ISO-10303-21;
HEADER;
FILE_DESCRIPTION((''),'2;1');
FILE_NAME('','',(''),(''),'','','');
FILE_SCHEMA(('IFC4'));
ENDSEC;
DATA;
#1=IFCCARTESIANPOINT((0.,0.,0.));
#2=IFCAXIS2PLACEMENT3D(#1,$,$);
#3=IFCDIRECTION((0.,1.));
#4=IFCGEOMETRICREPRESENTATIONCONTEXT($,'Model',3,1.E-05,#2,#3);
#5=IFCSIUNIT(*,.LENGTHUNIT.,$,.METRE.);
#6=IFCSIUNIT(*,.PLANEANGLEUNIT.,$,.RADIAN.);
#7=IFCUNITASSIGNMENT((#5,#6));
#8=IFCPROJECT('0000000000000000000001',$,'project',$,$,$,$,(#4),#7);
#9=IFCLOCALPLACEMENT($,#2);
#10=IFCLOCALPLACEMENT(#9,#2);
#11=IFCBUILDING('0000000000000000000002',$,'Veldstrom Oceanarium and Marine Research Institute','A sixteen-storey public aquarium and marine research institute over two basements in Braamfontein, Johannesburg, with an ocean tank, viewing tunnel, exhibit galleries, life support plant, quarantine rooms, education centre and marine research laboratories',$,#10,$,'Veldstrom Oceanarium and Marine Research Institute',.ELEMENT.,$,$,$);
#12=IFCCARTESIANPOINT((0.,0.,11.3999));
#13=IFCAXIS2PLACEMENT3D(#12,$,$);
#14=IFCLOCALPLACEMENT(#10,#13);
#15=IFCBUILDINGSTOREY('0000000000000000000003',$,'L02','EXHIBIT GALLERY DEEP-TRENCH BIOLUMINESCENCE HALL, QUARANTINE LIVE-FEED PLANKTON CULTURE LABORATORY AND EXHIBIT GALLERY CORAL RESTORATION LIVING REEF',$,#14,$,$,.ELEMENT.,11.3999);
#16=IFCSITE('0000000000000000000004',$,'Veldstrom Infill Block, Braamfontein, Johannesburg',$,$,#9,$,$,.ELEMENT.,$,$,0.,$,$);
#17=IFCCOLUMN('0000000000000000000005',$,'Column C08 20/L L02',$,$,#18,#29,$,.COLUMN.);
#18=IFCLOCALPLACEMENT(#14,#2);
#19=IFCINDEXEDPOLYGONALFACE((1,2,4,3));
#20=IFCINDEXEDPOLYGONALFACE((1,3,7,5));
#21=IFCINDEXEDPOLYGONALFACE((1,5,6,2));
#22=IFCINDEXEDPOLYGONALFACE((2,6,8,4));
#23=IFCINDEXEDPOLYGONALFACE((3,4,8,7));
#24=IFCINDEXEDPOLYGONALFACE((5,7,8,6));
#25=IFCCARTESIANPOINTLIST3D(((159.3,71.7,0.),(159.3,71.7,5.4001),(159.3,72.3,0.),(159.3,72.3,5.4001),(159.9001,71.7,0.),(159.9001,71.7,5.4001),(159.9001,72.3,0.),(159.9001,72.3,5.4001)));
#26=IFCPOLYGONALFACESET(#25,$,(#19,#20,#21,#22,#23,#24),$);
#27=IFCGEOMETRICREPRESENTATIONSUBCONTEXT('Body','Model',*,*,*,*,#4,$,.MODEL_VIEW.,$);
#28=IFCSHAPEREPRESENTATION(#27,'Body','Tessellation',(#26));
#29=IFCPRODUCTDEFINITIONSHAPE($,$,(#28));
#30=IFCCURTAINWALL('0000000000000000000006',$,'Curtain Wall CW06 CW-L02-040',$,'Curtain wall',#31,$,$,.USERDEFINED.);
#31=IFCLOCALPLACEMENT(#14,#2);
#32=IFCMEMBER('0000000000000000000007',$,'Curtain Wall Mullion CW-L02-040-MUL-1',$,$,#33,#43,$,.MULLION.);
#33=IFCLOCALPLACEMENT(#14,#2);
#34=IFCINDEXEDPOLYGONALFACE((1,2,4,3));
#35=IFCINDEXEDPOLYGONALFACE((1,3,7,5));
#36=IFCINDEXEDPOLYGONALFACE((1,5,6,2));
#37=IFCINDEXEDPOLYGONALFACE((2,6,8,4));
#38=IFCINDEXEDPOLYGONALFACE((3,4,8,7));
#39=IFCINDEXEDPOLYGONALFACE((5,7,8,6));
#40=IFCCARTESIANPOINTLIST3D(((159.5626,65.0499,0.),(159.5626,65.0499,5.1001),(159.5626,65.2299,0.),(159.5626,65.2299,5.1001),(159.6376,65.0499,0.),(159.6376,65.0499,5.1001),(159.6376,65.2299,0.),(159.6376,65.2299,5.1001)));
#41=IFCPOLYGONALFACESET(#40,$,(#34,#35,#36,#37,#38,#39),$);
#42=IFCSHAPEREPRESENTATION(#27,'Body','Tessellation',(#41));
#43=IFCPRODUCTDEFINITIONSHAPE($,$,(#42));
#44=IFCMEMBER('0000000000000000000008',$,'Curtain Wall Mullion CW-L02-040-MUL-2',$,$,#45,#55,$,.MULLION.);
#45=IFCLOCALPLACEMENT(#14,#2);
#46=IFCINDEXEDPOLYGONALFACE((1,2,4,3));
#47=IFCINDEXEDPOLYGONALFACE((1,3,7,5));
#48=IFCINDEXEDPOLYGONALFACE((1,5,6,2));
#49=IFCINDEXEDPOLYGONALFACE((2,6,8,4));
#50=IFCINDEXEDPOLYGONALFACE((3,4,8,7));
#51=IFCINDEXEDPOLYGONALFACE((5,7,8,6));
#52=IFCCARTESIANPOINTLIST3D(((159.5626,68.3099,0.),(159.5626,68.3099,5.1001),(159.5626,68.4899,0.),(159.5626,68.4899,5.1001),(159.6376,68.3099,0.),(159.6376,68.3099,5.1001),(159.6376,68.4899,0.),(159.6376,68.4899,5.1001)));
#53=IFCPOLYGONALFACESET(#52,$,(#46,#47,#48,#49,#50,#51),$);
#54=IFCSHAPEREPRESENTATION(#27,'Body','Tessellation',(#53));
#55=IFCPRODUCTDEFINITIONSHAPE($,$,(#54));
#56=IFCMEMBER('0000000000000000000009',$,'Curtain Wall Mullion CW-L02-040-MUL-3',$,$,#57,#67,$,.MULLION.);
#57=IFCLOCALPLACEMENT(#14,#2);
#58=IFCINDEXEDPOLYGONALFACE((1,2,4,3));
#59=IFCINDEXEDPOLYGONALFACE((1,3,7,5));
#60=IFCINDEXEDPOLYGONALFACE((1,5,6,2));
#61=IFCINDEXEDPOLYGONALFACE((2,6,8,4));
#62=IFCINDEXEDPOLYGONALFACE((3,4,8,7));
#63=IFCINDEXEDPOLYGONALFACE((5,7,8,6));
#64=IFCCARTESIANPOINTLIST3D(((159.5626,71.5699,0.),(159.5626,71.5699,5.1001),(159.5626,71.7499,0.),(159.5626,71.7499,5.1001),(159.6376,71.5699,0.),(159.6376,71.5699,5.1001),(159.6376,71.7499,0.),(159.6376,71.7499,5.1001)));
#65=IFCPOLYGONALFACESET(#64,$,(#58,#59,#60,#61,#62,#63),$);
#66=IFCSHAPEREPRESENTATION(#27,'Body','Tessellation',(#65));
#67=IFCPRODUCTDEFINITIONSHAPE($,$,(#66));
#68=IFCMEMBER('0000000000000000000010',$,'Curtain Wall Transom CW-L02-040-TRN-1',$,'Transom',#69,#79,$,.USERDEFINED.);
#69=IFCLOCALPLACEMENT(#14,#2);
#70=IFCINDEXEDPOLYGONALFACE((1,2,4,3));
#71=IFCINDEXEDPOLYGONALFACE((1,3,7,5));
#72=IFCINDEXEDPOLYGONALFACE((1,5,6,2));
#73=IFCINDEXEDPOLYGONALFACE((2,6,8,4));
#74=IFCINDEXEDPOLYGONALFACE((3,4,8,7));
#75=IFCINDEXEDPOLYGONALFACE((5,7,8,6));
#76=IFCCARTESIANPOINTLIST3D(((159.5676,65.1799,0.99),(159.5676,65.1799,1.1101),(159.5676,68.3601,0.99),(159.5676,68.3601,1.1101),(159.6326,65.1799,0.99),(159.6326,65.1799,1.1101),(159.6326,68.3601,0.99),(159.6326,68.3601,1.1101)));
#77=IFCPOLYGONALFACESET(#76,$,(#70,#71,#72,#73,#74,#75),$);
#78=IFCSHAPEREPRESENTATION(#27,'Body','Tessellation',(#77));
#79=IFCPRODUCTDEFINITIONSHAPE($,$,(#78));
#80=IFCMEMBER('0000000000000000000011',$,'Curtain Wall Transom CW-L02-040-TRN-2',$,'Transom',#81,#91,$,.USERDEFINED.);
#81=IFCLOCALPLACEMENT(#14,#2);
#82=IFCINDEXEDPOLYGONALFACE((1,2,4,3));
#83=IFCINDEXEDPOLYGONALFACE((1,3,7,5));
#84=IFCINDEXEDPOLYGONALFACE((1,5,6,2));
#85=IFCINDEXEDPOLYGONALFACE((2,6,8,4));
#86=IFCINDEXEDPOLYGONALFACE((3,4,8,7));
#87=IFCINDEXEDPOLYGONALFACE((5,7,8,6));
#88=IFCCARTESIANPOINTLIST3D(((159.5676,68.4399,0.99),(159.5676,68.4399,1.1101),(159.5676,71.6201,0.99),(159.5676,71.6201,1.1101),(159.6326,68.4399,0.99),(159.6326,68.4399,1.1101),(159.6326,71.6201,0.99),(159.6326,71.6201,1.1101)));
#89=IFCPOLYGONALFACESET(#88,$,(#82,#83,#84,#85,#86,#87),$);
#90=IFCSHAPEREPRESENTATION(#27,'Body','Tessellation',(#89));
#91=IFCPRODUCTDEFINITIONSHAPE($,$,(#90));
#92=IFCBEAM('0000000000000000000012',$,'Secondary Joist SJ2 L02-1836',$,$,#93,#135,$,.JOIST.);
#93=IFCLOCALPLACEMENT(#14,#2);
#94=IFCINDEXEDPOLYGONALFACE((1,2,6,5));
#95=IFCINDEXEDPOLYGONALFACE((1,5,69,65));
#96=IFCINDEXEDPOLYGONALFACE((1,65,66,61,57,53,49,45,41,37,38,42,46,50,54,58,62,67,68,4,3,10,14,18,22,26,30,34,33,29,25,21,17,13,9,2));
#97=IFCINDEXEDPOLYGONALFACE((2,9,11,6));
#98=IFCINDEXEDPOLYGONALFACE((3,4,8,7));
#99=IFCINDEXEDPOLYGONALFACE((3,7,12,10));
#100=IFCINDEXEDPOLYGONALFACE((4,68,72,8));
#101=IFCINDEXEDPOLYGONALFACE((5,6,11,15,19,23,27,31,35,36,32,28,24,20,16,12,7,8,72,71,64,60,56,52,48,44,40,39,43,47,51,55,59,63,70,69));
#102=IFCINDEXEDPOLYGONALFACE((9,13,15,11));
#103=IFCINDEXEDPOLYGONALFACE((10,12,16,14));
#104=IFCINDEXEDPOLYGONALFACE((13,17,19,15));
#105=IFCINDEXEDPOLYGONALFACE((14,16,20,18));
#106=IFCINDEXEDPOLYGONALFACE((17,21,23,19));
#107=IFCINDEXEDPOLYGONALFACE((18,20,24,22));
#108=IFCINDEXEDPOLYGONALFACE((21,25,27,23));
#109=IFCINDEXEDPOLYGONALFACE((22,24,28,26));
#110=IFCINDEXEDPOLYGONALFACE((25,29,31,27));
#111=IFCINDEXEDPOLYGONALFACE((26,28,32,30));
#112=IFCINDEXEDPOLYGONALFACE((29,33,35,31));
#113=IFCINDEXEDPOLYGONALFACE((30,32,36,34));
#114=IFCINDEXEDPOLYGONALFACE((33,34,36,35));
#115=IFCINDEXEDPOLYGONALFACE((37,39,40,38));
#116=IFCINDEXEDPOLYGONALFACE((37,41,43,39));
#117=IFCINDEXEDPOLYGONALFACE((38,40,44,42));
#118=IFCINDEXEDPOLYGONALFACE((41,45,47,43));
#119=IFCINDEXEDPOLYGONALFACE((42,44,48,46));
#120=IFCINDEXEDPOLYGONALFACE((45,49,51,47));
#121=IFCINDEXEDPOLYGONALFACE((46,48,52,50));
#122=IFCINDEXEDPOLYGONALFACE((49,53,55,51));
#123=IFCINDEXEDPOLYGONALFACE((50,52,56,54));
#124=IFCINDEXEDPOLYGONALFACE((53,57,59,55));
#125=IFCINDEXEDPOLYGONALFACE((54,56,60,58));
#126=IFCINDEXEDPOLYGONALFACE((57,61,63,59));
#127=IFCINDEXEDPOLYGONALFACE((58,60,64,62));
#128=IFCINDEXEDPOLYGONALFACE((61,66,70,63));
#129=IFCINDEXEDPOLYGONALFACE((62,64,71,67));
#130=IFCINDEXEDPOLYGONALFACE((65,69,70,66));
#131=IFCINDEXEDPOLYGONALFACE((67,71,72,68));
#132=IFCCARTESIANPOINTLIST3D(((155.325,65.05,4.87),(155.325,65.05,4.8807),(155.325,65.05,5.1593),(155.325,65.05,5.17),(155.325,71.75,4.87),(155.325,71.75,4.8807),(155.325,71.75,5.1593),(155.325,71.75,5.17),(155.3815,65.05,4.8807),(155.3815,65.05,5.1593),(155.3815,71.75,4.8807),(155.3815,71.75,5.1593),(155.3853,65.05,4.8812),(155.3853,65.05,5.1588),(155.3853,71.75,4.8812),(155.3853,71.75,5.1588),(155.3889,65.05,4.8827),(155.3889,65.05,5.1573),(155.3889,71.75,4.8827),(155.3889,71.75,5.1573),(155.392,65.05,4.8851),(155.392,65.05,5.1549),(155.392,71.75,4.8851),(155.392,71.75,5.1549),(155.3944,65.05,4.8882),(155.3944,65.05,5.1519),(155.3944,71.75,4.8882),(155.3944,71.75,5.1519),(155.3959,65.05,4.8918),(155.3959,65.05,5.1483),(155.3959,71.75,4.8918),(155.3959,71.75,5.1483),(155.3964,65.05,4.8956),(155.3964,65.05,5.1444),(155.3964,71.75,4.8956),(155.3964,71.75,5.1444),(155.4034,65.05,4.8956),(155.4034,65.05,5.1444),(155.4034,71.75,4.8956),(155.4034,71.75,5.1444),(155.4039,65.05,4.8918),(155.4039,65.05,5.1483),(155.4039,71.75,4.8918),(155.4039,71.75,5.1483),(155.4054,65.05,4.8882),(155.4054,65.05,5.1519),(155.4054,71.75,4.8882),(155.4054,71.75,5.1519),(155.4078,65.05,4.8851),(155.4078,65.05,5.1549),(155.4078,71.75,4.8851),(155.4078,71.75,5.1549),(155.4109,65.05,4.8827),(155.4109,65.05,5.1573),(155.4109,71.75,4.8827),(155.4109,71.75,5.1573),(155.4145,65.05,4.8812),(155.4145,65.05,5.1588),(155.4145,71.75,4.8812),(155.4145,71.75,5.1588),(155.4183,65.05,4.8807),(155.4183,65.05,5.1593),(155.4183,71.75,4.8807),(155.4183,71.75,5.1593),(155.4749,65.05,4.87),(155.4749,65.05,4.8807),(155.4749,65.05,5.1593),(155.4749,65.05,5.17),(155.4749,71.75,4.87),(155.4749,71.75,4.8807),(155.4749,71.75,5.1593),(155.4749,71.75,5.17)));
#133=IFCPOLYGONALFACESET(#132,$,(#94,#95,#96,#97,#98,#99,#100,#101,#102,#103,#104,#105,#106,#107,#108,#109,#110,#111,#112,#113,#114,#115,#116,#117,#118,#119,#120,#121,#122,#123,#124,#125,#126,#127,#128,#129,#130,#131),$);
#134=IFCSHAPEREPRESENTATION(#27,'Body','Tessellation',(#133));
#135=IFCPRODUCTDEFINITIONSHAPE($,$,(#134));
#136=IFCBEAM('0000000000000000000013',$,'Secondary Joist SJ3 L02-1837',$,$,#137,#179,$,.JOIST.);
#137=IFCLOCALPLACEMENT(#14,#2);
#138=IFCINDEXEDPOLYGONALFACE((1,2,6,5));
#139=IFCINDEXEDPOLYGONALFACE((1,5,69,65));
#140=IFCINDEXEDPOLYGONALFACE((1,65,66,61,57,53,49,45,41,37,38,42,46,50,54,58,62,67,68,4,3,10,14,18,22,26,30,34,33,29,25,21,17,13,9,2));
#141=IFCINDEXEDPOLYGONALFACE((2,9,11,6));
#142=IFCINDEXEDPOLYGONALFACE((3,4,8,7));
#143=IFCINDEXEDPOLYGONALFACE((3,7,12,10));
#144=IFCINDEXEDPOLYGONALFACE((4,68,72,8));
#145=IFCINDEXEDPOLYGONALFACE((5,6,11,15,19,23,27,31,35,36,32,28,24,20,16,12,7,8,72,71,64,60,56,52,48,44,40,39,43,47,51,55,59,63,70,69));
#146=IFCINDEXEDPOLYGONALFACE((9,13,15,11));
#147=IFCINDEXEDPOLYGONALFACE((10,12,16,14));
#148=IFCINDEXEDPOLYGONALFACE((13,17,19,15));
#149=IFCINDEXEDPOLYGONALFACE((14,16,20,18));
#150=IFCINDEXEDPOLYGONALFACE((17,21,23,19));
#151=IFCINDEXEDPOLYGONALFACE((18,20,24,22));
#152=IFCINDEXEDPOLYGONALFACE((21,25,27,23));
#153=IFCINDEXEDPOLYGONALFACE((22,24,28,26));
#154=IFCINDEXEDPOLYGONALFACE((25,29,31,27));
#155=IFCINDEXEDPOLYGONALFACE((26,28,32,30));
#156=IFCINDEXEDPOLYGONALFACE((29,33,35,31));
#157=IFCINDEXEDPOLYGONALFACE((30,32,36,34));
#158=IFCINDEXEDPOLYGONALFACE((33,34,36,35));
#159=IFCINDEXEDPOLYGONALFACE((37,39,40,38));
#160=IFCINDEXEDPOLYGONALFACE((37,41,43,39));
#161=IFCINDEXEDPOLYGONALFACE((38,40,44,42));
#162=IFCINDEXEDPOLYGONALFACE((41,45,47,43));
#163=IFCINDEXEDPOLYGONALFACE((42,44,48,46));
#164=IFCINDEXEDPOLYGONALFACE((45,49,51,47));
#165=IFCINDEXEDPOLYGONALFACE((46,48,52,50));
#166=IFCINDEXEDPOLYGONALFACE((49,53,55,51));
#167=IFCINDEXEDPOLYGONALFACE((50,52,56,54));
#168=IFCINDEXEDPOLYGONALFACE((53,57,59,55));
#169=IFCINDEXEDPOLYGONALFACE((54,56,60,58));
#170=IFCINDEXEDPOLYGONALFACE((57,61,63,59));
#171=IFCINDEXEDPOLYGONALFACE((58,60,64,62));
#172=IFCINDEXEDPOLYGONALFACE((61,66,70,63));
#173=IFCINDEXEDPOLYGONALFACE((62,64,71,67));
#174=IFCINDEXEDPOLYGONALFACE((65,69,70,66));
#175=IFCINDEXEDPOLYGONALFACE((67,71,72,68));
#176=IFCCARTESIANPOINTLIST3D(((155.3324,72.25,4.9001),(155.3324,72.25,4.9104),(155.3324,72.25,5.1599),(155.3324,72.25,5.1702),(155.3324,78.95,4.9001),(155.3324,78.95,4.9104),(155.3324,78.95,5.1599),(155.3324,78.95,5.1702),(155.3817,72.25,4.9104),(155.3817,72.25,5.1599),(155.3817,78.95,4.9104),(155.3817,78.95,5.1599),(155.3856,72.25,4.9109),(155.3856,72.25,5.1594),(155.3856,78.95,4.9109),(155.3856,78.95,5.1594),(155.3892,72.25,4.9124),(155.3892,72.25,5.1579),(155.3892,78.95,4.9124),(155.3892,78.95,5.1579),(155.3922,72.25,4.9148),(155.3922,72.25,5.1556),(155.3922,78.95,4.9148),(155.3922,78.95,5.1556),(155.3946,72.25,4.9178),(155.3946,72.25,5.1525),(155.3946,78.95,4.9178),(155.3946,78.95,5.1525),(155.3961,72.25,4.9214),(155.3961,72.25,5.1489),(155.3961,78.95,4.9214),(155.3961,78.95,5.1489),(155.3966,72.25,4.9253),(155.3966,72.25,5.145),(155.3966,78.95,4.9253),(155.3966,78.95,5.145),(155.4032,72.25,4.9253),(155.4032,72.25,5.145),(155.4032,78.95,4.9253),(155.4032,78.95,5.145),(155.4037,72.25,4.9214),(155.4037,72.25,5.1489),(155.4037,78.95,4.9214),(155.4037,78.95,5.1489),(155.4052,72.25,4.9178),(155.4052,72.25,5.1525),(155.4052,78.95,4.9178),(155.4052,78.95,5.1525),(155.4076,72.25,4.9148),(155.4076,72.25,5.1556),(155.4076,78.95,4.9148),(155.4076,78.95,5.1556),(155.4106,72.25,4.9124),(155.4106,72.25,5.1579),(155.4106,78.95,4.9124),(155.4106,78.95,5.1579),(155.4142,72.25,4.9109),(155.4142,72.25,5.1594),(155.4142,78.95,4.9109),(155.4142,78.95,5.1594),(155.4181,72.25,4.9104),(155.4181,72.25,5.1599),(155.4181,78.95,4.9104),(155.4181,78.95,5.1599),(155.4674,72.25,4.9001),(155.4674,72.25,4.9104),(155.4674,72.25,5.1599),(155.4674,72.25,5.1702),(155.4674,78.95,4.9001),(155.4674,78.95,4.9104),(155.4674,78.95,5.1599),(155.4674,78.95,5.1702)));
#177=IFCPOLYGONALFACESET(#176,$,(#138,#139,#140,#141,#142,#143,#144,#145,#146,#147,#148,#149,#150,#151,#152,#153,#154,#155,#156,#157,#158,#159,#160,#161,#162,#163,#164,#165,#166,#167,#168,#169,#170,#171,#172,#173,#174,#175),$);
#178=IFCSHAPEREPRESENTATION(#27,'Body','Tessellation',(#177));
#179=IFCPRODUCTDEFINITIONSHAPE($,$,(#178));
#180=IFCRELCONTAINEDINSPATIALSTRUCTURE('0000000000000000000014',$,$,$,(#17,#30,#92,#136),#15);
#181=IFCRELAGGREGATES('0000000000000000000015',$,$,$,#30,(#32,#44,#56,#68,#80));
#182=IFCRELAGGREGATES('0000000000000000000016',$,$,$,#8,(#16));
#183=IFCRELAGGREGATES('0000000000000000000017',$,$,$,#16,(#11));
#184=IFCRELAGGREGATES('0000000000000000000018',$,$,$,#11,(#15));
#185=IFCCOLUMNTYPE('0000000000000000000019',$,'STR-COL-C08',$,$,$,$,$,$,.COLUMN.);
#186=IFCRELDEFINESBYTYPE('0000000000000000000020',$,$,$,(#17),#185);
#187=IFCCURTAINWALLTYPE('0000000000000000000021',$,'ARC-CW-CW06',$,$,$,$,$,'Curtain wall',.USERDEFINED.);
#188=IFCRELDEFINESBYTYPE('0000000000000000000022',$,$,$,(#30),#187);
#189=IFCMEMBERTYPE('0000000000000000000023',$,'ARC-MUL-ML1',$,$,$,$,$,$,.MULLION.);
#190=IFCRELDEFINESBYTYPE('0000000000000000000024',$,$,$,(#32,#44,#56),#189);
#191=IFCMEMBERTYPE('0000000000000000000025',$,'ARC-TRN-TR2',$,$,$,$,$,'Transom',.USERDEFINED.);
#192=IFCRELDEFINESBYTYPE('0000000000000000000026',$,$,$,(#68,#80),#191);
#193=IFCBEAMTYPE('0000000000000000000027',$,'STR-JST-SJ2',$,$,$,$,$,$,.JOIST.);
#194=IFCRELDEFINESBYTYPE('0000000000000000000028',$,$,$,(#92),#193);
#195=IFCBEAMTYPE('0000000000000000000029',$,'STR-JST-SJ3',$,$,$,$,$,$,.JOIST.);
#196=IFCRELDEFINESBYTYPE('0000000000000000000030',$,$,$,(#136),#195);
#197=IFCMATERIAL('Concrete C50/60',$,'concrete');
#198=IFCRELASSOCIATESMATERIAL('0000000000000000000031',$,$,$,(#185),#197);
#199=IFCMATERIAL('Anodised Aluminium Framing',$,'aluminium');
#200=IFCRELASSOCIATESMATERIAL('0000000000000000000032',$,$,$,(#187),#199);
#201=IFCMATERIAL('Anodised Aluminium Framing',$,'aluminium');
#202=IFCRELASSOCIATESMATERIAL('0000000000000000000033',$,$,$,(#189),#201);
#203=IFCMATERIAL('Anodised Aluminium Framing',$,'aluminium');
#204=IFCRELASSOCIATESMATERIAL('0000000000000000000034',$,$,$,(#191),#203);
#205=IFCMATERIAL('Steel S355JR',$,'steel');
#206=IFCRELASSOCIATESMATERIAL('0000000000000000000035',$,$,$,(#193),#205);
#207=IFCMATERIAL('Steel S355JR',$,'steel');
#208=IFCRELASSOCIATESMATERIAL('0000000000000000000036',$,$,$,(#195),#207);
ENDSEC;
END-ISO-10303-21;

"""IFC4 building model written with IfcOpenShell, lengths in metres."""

from ifc_helpers import new_model, si_unit, direction, frame, origin, origin_2d, place, context, subcontext, project, spatial, rectangle, i_section, extrude, material, material_profile, profile_set, type_object, element, aggregate, save


model = new_model("IFC4")

# Units and contexts
model_context = context("Model", 3, precision=1e-05, world=origin(), true_north=direction((0.0, 1.0)))
body_context = subcontext(model_context, "Body", "Model", "MODEL_VIEW")
ifc_project = project(units=[si_unit("LENGTHUNIT", "METRE"), si_unit("PLANEANGLEUNIT", "RADIAN")], contexts=[model_context])

# Site, building, storey
site_placement = place(None, origin())
site = spatial("IfcSite", under=ifc_project, at=site_placement, Name="Veldstrom Infill Block, Braamfontein, Johannesburg", CompositionType="ELEMENT", RefElevation=0.0)
building_placement = place(site_placement, origin())
building = spatial("IfcBuilding", under=site, at=building_placement, Name="Veldstrom Oceanarium and Marine Research Institute", Description="A sixteen-storey public aquarium and marine research institute over two basements in Braamfontein, Johannesburg, with an ocean tank, viewing tunnel, exhibit galleries, life support plant, quarantine rooms, education centre and marine research laboratories", LongName="Veldstrom Oceanarium and Marine Research Institute", CompositionType="ELEMENT")
storey_placement = place(building_placement, frame((0.0, 0.0, 11.3999)))
storey = spatial("IfcBuildingStorey", under=building, at=storey_placement, Name="L02", Description="EXHIBIT GALLERY DEEP-TRENCH BIOLUMINESCENCE HALL, QUARANTINE LIVE-FEED PLANKTON CULTURE LABORATORY AND EXHIBIT GALLERY CORAL RESTORATION LIVING REEF", CompositionType="ELEMENT", Elevation=11.3999)

# Column
ifc_material_1 = material(Name="Concrete C50/60", Category="concrete")
ifc_material_profile_1 = material_profile(ifc_material_1, rectangle(XDim=0.6001, YDim=0.6001, at=origin_2d()), Name="RC-COL-600x600")
ifc_profile_set_1 = profile_set([ifc_material_profile_1], Name="Concrete C50/60")
column_type = type_object("IfcColumnType", Name="STR-COL-C08", PredefinedType="COLUMN", material=ifc_profile_set_1)
column_placement = place(storey_placement, frame((159.6001, 72.0, 0.0), z_axis=(0.0, 0.0, 1.0), x_axis=(1.0, 0.0, 0.0)))
element("IfcColumn", 1, at=column_placement, inside=storey, type_object=column_type, Name="Column C08 20/L L02", PredefinedType="COLUMN", context=body_context, shape_type="SweptSolid", body=[
    extrude(rectangle(XDim=0.6001, YDim=0.6001, at=origin_2d()), origin(), (0.0, 0.0, 1.0), 5.4001),
])

# Curtain wall, members
ifc_material_2 = material(Name="Anodised Aluminium Framing", Category="aluminium")
curtain_wall_type = type_object("IfcCurtainWallType", Name="ARC-CW-CW06", ElementType="Curtain wall", PredefinedType="USERDEFINED", material=ifc_material_2)
curtain_wall_placement = place(storey_placement, origin())
curtain_wall = element("IfcCurtainWall", 2, at=curtain_wall_placement, inside=storey, type_object=curtain_wall_type, Name="Curtain Wall CW06 CW-L02-040", ObjectType="Curtain wall", PredefinedType="USERDEFINED")
ifc_material_3 = material(Name="Anodised Aluminium Framing", Category="aluminium")
ifc_material_profile_2 = material_profile(ifc_material_3, rectangle(XDim=0.075, YDim=0.1799, at=origin_2d()), Name="ALU-MUL-75x180")
ifc_profile_set_2 = profile_set([ifc_material_profile_2], Name="Anodised Aluminium Framing")
member_type_1 = type_object("IfcMemberType", Name="ARC-MUL-ML1", PredefinedType="MULLION", material=ifc_profile_set_2)
member_1_placement = place(storey_placement, frame((159.6001, 65.1399, 0.0), z_axis=(0.0, 0.0, 1.0), x_axis=(1.0, 0.0, 0.0)))
member_1 = element("IfcMember", 3, at=member_1_placement, type_object=member_type_1, Name="Curtain Wall Mullion CW-L02-040-MUL-1", PredefinedType="MULLION", context=body_context, shape_type="SweptSolid", body=[
    extrude(rectangle(XDim=0.075, YDim=0.1799, at=origin_2d()), origin(), (0.0, 0.0, 1.0), 5.1001),
])
member_2_placement = place(storey_placement, frame((159.6001, 68.3999, 0.0), z_axis=(0.0, 0.0, 1.0), x_axis=(1.0, 0.0, 0.0)))
member_2 = element("IfcMember", 4, at=member_2_placement, type_object=member_type_1, Name="Curtain Wall Mullion CW-L02-040-MUL-2", PredefinedType="MULLION", context=body_context, shape_type="SweptSolid", body=[
    extrude(rectangle(XDim=0.075, YDim=0.1799, at=origin_2d()), origin(), (0.0, 0.0, 1.0), 5.1001),
])
member_3_placement = place(storey_placement, frame((159.6001, 71.6599, 0.0), z_axis=(0.0, 0.0, 1.0), x_axis=(1.0, 0.0, 0.0)))
member_3 = element("IfcMember", 5, at=member_3_placement, type_object=member_type_1, Name="Curtain Wall Mullion CW-L02-040-MUL-3", PredefinedType="MULLION", context=body_context, shape_type="SweptSolid", body=[
    extrude(rectangle(XDim=0.075, YDim=0.1799, at=origin_2d()), origin(), (0.0, 0.0, 1.0), 5.1001),
])
ifc_material_4 = material(Name="Anodised Aluminium Framing", Category="aluminium")
ifc_material_profile_3 = material_profile(ifc_material_4, rectangle(XDim=0.0649, YDim=0.1201, at=origin_2d()), Name="ALU-TRN-65x120")
ifc_profile_set_3 = profile_set([ifc_material_profile_3], Name="Anodised Aluminium Framing")
member_type_2 = type_object("IfcMemberType", Name="ARC-TRN-TR2", ElementType="Transom", PredefinedType="USERDEFINED", material=ifc_profile_set_3)
member_4_placement = place(storey_placement, frame((159.6001, 65.1799, 1.05), z_axis=(0.0, 1.0, 0.0), x_axis=(-1.0, 0.0, 0.0)))
member_4 = element("IfcMember", 6, at=member_4_placement, type_object=member_type_2, Name="Curtain Wall Transom CW-L02-040-TRN-1", ObjectType="Transom", PredefinedType="USERDEFINED", context=body_context, shape_type="SweptSolid", body=[
    extrude(rectangle(XDim=0.0649, YDim=0.1201, at=origin_2d()), origin(), (0.0, 0.0, 1.0), 3.1802),
])
member_5_placement = place(storey_placement, frame((159.6001, 68.4399, 1.05), z_axis=(0.0, 1.0, 0.0), x_axis=(-1.0, 0.0, 0.0)))
member_5 = element("IfcMember", 7, at=member_5_placement, type_object=member_type_2, Name="Curtain Wall Transom CW-L02-040-TRN-2", ObjectType="Transom", PredefinedType="USERDEFINED", context=body_context, shape_type="SweptSolid", body=[
    extrude(rectangle(XDim=0.0649, YDim=0.1201, at=origin_2d()), origin(), (0.0, 0.0, 1.0), 3.1802),
])

# Beams
ifc_material_5 = material(Name="Steel S355JR", Category="steel")
ifc_material_profile_4 = material_profile(ifc_material_5, i_section(OverallWidth=0.1499, OverallDepth=0.3, WebThickness=0.0071, FlangeThickness=0.0107, FilletRadius=0.0149, at=origin_2d()), Name="IPE 300")
ifc_profile_set_4 = profile_set([ifc_material_profile_4], Name="Steel S355JR")
beam_type_1 = type_object("IfcBeamType", Name="STR-JST-SJ2", PredefinedType="JOIST", material=ifc_profile_set_4)
beam_1_placement = place(storey_placement, frame((155.3999, 65.05, 5.02), z_axis=(0.0, 1.0, 0.0), x_axis=(-1.0, 0.0, 0.0)))
element("IfcBeam", 8, at=beam_1_placement, inside=storey, type_object=beam_type_1, Name="Secondary Joist SJ2 L02-1836", PredefinedType="JOIST", context=body_context, shape_type="SweptSolid", body=[
    extrude(i_section(OverallWidth=0.1499, OverallDepth=0.3, WebThickness=0.0071, FlangeThickness=0.0107, FilletRadius=0.0149, at=origin_2d()), origin(), (0.0, 0.0, 1.0), 6.7),
])
ifc_material_6 = material(Name="Steel S355JR", Category="steel")
ifc_material_profile_5 = material_profile(ifc_material_6, i_section(OverallWidth=0.135, OverallDepth=0.27, WebThickness=0.0066, FlangeThickness=0.0103, FilletRadius=0.0149, at=origin_2d()), Name="IPE 270")
ifc_profile_set_5 = profile_set([ifc_material_profile_5], Name="Steel S355JR")
beam_type_2 = type_object("IfcBeamType", Name="STR-JST-SJ3", PredefinedType="JOIST", material=ifc_profile_set_5)
beam_2_placement = place(storey_placement, frame((155.3999, 72.25, 5.0352), z_axis=(0.0, 1.0, 0.0), x_axis=(-1.0, 0.0, 0.0)))
element("IfcBeam", 9, at=beam_2_placement, inside=storey, type_object=beam_type_2, Name="Secondary Joist SJ3 L02-1837", PredefinedType="JOIST", context=body_context, shape_type="SweptSolid", body=[
    extrude(i_section(OverallWidth=0.135, OverallDepth=0.27, WebThickness=0.0066, FlangeThickness=0.0103, FilletRadius=0.0149, at=origin_2d()), origin(), (0.0, 0.0, 1.0), 6.7),
])

aggregate(curtain_wall, [member_1, member_2, member_3, member_4, member_5])

save(model, "model.ifc")
